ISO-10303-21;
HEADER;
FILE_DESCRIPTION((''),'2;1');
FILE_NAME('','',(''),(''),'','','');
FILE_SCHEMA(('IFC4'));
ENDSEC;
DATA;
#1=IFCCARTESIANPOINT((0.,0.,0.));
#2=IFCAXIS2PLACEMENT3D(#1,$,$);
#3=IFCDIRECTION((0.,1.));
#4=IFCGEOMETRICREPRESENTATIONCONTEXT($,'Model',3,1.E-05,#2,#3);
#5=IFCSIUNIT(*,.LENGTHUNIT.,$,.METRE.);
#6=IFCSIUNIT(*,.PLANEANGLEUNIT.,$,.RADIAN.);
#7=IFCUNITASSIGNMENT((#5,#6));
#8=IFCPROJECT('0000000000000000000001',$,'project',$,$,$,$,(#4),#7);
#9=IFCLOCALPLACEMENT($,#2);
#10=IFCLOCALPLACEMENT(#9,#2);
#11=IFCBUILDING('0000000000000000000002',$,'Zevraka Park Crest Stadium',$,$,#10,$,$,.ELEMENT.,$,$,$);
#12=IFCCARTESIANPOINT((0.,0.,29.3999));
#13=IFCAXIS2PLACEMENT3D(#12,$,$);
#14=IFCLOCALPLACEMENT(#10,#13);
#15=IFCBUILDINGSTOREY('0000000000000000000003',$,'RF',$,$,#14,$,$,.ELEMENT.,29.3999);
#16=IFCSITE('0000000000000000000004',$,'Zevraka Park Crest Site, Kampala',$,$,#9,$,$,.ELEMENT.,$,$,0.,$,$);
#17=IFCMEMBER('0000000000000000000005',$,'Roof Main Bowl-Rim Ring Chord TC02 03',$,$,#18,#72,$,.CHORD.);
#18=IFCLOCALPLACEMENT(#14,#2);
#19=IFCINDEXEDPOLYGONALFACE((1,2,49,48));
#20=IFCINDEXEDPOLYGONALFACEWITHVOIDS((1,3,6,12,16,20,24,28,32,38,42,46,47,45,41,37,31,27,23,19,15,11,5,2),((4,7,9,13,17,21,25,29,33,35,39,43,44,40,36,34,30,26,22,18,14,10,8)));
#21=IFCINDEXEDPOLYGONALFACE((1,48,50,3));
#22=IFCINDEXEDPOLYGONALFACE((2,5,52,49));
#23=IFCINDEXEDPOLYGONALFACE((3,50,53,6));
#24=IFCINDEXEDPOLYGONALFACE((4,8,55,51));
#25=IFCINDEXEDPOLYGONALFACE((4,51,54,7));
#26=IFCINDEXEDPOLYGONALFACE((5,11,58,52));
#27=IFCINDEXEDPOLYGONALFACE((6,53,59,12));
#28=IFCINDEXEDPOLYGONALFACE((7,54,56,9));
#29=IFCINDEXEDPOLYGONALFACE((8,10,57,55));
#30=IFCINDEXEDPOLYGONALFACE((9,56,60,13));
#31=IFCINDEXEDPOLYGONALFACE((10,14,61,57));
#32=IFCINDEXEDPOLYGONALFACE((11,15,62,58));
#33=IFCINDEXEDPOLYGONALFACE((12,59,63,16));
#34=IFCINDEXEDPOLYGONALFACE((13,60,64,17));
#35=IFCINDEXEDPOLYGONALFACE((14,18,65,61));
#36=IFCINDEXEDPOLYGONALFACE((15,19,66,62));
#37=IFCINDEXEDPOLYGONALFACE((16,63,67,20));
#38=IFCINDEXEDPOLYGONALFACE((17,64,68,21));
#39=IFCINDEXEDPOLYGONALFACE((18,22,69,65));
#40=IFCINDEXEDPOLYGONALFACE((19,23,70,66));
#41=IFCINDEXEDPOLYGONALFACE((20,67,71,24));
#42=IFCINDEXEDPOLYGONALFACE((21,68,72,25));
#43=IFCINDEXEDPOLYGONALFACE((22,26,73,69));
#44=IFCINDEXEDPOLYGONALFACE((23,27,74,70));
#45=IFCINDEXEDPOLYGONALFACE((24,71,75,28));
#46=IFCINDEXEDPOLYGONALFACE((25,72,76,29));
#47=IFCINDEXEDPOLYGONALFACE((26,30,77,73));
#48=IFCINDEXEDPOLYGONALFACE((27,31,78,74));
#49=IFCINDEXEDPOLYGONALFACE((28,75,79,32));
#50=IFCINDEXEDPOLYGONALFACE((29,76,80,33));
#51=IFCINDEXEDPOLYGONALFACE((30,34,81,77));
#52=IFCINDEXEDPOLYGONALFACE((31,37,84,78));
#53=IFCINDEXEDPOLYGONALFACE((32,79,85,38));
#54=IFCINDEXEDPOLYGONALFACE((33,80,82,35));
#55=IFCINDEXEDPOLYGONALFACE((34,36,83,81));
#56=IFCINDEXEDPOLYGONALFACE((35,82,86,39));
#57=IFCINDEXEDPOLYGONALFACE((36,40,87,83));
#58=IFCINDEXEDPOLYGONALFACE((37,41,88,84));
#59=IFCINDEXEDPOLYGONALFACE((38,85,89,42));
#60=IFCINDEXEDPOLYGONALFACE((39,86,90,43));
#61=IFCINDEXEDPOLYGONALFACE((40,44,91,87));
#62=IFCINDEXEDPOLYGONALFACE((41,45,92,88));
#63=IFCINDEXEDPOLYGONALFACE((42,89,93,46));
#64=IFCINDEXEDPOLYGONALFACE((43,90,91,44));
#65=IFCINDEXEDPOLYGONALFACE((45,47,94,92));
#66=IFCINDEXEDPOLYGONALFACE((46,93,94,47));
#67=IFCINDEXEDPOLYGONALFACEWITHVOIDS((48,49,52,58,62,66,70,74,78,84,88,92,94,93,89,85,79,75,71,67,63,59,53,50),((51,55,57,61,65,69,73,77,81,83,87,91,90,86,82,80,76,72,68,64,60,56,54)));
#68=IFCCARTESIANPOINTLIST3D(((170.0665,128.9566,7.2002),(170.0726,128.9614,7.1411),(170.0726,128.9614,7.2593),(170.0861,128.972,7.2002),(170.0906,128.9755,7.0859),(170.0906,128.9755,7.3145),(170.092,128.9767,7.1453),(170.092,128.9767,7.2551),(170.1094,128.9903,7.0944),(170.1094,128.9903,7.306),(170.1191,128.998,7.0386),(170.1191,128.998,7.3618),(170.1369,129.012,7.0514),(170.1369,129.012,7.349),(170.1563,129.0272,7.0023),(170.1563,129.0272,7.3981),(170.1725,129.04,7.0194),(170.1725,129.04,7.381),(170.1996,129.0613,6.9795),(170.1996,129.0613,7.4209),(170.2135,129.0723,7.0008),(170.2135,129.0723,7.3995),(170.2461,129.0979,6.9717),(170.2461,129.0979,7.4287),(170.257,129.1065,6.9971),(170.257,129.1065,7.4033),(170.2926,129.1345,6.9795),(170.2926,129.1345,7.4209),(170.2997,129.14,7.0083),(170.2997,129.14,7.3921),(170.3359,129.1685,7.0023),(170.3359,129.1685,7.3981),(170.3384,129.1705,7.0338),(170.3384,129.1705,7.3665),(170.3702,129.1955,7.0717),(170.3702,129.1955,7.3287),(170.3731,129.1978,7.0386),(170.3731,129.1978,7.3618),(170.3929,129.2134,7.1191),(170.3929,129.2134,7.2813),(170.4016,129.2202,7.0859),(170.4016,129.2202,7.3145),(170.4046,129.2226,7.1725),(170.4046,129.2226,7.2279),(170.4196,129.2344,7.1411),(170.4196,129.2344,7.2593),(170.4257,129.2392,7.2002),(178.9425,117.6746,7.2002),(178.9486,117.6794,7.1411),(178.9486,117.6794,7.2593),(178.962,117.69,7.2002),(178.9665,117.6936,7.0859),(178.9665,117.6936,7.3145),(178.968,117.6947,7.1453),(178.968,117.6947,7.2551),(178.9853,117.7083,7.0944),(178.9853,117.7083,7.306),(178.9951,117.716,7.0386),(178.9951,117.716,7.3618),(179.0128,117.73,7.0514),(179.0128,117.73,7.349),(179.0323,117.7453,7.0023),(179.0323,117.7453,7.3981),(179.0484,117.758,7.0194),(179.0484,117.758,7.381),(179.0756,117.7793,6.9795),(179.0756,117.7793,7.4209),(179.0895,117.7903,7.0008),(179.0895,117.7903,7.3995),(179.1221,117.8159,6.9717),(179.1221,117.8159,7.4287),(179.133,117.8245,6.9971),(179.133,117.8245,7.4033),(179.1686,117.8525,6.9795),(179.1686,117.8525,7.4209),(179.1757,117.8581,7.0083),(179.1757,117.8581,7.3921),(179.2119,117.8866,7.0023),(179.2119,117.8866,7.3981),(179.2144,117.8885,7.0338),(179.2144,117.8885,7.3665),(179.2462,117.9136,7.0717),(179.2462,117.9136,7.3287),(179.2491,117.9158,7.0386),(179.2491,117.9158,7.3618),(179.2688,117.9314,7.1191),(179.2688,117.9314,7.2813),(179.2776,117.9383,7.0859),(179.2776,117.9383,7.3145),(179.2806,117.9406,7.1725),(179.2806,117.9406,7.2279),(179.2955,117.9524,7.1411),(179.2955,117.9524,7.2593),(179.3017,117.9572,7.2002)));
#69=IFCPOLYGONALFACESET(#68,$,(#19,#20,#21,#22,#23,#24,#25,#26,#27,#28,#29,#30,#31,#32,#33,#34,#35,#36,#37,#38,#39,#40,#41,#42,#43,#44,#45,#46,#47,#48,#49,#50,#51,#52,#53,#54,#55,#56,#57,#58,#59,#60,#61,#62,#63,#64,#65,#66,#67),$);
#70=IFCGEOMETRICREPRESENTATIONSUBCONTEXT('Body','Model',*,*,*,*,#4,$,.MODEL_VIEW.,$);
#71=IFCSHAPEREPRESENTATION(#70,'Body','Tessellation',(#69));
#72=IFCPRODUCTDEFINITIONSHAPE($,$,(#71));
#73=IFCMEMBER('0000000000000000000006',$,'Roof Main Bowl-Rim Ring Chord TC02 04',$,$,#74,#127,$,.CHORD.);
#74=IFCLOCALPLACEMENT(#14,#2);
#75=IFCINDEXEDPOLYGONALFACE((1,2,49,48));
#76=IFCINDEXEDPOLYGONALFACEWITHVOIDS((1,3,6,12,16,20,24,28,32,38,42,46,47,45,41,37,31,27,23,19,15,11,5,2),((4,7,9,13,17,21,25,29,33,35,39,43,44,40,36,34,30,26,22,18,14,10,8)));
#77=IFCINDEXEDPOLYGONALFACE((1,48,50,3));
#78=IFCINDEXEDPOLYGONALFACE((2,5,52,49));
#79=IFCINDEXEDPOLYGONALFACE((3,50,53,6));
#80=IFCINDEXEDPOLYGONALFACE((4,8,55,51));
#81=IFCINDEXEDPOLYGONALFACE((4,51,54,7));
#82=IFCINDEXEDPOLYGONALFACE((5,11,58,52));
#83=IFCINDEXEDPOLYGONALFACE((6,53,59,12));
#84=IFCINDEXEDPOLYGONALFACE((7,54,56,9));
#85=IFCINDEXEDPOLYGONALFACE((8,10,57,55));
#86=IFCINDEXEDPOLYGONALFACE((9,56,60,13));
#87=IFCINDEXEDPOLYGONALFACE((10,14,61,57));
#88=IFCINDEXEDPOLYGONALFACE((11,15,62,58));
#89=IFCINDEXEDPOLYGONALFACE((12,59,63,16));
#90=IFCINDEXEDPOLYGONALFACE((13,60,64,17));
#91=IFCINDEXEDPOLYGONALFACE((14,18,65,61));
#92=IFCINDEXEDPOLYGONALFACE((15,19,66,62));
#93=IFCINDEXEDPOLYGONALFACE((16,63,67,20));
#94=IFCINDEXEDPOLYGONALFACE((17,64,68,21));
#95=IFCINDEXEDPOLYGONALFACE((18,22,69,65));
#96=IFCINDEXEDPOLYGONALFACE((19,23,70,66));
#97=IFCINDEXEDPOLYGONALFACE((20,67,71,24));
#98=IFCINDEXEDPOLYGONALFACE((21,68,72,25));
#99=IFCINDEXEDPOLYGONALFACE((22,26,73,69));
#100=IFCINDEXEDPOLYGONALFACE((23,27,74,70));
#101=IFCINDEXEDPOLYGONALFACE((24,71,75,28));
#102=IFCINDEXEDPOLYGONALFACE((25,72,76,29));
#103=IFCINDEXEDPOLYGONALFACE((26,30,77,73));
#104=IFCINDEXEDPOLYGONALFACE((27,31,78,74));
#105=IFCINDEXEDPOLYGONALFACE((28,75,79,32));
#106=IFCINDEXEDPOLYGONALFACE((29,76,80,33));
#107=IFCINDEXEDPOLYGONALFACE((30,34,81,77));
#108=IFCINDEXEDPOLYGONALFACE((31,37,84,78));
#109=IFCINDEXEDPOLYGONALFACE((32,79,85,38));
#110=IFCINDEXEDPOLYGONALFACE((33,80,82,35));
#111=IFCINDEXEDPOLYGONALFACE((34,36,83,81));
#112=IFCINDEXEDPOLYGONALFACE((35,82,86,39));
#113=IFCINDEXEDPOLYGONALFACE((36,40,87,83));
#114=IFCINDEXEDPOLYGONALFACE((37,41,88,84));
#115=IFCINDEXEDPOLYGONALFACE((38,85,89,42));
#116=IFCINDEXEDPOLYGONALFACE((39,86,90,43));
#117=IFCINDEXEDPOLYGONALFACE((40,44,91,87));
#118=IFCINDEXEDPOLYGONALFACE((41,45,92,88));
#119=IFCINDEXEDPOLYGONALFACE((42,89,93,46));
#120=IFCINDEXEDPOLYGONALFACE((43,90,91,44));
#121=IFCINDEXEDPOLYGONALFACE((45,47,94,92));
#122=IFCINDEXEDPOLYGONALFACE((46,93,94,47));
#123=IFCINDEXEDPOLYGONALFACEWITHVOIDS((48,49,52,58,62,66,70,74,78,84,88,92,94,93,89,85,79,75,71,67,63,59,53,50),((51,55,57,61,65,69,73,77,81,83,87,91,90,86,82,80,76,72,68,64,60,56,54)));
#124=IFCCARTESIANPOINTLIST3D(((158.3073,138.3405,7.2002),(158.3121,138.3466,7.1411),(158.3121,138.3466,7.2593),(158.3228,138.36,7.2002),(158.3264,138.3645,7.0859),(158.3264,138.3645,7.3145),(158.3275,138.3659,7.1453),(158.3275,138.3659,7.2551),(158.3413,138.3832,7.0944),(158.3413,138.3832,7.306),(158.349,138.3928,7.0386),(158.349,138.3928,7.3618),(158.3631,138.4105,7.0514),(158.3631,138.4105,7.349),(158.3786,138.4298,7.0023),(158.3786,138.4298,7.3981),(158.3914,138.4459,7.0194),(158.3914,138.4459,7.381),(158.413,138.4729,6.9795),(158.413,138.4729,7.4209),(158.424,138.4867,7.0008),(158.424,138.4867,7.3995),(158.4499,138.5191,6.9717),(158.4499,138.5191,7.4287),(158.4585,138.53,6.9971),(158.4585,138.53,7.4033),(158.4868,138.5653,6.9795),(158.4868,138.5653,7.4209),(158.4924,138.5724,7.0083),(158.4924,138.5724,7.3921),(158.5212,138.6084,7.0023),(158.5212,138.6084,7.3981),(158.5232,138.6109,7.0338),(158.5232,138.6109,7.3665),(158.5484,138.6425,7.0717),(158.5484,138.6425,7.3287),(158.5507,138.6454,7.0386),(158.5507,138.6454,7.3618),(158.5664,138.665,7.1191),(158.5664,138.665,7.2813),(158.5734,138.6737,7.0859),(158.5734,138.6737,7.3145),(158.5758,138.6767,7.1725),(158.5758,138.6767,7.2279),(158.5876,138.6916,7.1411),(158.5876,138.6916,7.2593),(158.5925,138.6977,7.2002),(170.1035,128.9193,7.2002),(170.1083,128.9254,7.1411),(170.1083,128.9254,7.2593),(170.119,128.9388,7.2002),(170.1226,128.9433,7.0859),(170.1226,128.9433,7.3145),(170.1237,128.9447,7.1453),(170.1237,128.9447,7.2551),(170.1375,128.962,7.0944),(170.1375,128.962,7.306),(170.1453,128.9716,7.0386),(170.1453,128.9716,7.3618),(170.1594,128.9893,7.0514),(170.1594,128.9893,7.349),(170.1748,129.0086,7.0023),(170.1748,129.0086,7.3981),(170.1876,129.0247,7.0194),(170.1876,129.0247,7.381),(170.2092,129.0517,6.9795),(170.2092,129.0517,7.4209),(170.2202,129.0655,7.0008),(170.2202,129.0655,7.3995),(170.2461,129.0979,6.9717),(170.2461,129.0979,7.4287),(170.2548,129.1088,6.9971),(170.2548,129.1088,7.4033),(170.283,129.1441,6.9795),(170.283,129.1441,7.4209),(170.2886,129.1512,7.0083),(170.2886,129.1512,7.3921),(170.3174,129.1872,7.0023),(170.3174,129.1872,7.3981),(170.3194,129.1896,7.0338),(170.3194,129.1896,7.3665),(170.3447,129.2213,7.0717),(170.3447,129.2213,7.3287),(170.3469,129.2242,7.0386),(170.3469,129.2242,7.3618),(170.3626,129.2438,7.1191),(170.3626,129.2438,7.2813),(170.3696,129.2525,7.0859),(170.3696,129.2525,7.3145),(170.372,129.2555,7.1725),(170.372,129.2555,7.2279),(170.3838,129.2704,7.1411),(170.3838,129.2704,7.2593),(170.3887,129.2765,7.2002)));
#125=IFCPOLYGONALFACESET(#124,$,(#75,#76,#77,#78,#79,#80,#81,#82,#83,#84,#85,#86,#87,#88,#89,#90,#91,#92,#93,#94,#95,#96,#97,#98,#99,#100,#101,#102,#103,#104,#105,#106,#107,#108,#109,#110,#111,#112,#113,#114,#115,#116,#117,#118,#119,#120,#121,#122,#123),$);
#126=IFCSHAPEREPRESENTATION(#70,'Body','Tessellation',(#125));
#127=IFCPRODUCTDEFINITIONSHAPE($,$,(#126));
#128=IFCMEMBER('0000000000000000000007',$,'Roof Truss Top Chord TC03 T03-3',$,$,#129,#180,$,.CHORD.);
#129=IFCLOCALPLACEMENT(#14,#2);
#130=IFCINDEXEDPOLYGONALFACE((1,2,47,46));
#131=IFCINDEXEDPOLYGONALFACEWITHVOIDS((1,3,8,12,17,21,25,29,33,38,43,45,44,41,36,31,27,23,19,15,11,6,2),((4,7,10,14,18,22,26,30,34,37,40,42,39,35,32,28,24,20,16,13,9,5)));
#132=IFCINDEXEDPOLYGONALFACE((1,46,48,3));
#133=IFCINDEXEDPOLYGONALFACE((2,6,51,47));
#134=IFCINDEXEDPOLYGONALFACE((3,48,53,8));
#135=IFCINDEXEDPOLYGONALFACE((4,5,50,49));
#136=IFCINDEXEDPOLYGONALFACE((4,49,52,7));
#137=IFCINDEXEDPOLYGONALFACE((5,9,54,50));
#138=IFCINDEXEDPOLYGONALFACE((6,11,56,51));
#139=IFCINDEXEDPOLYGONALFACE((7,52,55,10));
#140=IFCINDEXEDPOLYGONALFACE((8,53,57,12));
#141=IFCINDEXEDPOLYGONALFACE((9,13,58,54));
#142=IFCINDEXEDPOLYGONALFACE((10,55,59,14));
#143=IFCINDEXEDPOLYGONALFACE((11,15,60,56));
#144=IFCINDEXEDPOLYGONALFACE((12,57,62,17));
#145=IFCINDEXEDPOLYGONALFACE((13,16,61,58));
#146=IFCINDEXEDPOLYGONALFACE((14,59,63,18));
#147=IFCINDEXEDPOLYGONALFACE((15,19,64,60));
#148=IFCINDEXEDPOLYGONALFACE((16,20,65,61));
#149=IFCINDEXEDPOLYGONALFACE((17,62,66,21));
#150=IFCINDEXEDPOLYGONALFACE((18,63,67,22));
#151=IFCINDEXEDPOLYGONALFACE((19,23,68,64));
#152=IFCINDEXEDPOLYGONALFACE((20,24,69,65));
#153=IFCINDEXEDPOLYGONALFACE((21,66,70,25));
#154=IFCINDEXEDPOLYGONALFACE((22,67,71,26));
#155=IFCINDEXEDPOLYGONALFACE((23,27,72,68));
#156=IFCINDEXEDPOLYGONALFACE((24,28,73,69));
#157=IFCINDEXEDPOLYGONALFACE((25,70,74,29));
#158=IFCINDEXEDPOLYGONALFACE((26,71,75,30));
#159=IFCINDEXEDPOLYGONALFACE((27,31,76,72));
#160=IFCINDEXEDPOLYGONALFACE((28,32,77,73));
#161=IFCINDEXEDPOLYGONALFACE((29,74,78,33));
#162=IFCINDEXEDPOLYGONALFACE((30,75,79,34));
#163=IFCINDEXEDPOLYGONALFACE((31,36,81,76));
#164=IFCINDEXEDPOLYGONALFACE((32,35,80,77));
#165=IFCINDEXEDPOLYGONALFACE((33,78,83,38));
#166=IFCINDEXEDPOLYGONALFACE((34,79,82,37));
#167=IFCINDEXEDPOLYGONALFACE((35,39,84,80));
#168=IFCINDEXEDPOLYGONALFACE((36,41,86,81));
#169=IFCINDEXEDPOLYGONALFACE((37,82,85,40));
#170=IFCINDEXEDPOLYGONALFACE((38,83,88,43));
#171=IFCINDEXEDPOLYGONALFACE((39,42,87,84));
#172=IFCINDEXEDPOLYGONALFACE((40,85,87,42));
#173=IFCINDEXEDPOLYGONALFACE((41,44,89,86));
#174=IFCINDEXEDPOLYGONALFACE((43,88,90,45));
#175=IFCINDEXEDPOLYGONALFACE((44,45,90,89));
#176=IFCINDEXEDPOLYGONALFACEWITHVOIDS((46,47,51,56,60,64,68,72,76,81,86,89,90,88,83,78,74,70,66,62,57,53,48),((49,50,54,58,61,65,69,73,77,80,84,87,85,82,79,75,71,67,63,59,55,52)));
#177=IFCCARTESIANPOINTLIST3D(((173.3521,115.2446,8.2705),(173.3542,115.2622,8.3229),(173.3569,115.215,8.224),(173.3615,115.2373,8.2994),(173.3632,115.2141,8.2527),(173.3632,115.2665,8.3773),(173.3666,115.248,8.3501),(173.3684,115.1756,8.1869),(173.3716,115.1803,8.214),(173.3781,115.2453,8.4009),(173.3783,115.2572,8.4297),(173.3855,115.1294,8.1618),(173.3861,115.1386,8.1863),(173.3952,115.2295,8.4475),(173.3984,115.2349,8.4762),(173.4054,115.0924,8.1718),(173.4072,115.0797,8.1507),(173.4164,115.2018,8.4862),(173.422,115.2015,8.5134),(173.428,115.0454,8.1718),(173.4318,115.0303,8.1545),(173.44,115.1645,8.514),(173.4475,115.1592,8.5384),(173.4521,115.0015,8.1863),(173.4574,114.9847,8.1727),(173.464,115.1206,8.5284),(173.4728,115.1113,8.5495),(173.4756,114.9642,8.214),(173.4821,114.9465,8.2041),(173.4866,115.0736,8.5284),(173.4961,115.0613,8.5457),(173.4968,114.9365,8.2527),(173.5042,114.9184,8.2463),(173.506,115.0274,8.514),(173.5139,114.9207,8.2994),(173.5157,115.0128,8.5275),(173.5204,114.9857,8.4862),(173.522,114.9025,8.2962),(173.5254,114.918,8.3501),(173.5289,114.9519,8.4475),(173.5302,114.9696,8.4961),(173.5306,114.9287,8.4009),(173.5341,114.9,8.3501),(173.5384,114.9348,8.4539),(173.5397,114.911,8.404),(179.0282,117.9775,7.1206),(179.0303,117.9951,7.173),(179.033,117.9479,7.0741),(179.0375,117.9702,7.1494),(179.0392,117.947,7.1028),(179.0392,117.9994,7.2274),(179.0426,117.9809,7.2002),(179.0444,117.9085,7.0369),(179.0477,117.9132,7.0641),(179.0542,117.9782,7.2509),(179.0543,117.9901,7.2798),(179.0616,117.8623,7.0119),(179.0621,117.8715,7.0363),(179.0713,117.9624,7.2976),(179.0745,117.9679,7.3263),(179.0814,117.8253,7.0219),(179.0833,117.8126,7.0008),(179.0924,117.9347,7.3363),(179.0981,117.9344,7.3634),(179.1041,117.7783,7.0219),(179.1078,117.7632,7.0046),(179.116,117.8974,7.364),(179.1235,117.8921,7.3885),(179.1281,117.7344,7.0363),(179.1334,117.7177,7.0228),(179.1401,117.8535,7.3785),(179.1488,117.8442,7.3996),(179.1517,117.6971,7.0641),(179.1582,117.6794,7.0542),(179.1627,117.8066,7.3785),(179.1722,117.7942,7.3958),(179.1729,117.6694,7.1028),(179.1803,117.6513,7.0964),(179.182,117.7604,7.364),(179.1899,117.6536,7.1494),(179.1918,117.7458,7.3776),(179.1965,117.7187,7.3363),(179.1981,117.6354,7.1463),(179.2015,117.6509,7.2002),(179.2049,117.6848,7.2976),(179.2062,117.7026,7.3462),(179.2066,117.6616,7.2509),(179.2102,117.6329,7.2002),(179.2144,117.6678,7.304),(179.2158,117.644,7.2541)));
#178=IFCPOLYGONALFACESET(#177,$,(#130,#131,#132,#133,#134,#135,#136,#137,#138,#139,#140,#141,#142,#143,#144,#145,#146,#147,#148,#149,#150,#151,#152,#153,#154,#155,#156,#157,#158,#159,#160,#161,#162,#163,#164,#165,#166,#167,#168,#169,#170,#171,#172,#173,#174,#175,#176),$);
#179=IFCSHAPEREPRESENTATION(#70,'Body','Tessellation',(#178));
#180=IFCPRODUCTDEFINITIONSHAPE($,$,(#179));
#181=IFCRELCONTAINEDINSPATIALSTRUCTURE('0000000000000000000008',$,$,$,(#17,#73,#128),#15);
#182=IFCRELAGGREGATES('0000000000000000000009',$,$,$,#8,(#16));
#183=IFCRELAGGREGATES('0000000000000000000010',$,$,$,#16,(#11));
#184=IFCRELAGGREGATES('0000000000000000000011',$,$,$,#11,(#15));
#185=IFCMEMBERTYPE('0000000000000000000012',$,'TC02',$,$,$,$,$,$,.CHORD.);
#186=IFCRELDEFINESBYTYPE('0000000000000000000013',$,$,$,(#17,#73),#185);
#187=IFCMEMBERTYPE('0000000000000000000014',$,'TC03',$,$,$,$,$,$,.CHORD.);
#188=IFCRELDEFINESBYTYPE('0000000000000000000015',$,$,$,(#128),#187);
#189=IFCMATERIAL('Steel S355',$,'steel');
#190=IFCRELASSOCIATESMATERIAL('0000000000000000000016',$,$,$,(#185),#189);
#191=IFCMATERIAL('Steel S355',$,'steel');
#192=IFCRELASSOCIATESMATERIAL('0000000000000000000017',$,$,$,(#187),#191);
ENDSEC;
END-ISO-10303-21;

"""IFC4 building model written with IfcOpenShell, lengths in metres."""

from ifc_helpers import new_model, si_unit, direction, frame, origin, origin_2d, place, context, subcontext, project, spatial, hollow_circle, extrude, material, material_profile, profile_set, type_object, element, save


model = new_model("IFC4")

# Units and contexts
model_context = context("Model", 3, precision=1e-05, world=origin(), true_north=direction((0.0, 1.0)))
body_context = subcontext(model_context, "Body", "Model", "MODEL_VIEW")
ifc_project = project(units=[si_unit("LENGTHUNIT", "METRE"), si_unit("PLANEANGLEUNIT", "RADIAN")], contexts=[model_context])

# Site, building, storey
site_placement = place(None, origin())
site = spatial("IfcSite", under=ifc_project, at=site_placement, Name="Zevraka Park Crest Site, Kampala", CompositionType="ELEMENT", RefElevation=0.0)
building_placement = place(site_placement, origin())
building = spatial("IfcBuilding", under=site, at=building_placement, Name="Zevraka Park Crest Stadium", CompositionType="ELEMENT")
storey_placement = place(building_placement, frame((0.0, 0.0, 29.3999)))
storey = spatial("IfcBuildingStorey", under=building, at=storey_placement, Name="RF", CompositionType="ELEMENT", Elevation=29.3999)

# Members
ifc_material_1 = material(Name="Steel S355", Category="steel")
ifc_material_profile_1 = material_profile(ifc_material_1, hollow_circle(Radius=0.2285, WallThickness=0.0249, at=origin_2d()), Name="CHS 457.0x25")
ifc_profile_set_1 = profile_set([ifc_material_profile_1], Name="Steel S355")
member_type_1 = type_object("IfcMemberType", Name="TC02", PredefinedType="CHORD", material=ifc_profile_set_1)
member_1_placement = place(storey_placement, frame((179.1221, 117.8159, 7.2002), z_axis=(-0.618319, 0.785927, 0.0), x_axis=(-0.785927, -0.618319, 0.0)))
element("IfcMember", 1, at=member_1_placement, inside=storey, type_object=member_type_1, Name="Roof Main Bowl-Rim Ring Chord TC02 03", PredefinedType="CHORD", context=body_context, shape_type="SweptSolid", body=[
    extrude(hollow_circle(Radius=0.2285, WallThickness=0.0249, at=origin_2d()), origin(), (0.0, 0.0, 1.0), 14.355),
])
member_2_placement = place(storey_placement, frame((170.2461, 129.0979, 7.2002), z_axis=(-0.781378, 0.624058, 0.0), x_axis=(-0.624058, -0.781378, 0.0)))
element("IfcMember", 2, at=member_2_placement, inside=storey, type_object=member_type_1, Name="Roof Main Bowl-Rim Ring Chord TC02 04", PredefinedType="CHORD", context=body_context, shape_type="SweptSolid", body=[
    extrude(hollow_circle(Radius=0.2285, WallThickness=0.0249, at=origin_2d()), origin(), (0.0, 0.0, 1.0), 15.0967),
])
ifc_material_2 = material(Name="Steel S355", Category="steel")
ifc_material_profile_2 = material_profile(ifc_material_2, hollow_circle(Radius=0.2031, WallThickness=0.02, at=origin_2d()), Name="CHS 406.4x20")
ifc_profile_set_2 = profile_set([ifc_material_profile_2], Name="Steel S355")
member_type_2 = type_object("IfcMemberType", Name="TC03", PredefinedType="CHORD", material=ifc_profile_set_2)
member_3_placement = place(storey_placement, frame((179.1221, 117.8159, 7.2002), z_axis=(-0.886356, -0.426765, 0.179566), x_axis=(0.433817, -0.901001, 0.0)))
element("IfcMember", 3, at=member_3_placement, inside=storey, type_object=member_type_2, Name="Roof Truss Top Chord TC03 T03-3", PredefinedType="CHORD", context=body_context, shape_type="SweptSolid", body=[
    extrude(hollow_circle(Radius=0.2031, WallThickness=0.02, at=origin_2d()), origin(), (0.0, 0.0, 1.0), 6.4038),
])

save(model, "model.ifc")
